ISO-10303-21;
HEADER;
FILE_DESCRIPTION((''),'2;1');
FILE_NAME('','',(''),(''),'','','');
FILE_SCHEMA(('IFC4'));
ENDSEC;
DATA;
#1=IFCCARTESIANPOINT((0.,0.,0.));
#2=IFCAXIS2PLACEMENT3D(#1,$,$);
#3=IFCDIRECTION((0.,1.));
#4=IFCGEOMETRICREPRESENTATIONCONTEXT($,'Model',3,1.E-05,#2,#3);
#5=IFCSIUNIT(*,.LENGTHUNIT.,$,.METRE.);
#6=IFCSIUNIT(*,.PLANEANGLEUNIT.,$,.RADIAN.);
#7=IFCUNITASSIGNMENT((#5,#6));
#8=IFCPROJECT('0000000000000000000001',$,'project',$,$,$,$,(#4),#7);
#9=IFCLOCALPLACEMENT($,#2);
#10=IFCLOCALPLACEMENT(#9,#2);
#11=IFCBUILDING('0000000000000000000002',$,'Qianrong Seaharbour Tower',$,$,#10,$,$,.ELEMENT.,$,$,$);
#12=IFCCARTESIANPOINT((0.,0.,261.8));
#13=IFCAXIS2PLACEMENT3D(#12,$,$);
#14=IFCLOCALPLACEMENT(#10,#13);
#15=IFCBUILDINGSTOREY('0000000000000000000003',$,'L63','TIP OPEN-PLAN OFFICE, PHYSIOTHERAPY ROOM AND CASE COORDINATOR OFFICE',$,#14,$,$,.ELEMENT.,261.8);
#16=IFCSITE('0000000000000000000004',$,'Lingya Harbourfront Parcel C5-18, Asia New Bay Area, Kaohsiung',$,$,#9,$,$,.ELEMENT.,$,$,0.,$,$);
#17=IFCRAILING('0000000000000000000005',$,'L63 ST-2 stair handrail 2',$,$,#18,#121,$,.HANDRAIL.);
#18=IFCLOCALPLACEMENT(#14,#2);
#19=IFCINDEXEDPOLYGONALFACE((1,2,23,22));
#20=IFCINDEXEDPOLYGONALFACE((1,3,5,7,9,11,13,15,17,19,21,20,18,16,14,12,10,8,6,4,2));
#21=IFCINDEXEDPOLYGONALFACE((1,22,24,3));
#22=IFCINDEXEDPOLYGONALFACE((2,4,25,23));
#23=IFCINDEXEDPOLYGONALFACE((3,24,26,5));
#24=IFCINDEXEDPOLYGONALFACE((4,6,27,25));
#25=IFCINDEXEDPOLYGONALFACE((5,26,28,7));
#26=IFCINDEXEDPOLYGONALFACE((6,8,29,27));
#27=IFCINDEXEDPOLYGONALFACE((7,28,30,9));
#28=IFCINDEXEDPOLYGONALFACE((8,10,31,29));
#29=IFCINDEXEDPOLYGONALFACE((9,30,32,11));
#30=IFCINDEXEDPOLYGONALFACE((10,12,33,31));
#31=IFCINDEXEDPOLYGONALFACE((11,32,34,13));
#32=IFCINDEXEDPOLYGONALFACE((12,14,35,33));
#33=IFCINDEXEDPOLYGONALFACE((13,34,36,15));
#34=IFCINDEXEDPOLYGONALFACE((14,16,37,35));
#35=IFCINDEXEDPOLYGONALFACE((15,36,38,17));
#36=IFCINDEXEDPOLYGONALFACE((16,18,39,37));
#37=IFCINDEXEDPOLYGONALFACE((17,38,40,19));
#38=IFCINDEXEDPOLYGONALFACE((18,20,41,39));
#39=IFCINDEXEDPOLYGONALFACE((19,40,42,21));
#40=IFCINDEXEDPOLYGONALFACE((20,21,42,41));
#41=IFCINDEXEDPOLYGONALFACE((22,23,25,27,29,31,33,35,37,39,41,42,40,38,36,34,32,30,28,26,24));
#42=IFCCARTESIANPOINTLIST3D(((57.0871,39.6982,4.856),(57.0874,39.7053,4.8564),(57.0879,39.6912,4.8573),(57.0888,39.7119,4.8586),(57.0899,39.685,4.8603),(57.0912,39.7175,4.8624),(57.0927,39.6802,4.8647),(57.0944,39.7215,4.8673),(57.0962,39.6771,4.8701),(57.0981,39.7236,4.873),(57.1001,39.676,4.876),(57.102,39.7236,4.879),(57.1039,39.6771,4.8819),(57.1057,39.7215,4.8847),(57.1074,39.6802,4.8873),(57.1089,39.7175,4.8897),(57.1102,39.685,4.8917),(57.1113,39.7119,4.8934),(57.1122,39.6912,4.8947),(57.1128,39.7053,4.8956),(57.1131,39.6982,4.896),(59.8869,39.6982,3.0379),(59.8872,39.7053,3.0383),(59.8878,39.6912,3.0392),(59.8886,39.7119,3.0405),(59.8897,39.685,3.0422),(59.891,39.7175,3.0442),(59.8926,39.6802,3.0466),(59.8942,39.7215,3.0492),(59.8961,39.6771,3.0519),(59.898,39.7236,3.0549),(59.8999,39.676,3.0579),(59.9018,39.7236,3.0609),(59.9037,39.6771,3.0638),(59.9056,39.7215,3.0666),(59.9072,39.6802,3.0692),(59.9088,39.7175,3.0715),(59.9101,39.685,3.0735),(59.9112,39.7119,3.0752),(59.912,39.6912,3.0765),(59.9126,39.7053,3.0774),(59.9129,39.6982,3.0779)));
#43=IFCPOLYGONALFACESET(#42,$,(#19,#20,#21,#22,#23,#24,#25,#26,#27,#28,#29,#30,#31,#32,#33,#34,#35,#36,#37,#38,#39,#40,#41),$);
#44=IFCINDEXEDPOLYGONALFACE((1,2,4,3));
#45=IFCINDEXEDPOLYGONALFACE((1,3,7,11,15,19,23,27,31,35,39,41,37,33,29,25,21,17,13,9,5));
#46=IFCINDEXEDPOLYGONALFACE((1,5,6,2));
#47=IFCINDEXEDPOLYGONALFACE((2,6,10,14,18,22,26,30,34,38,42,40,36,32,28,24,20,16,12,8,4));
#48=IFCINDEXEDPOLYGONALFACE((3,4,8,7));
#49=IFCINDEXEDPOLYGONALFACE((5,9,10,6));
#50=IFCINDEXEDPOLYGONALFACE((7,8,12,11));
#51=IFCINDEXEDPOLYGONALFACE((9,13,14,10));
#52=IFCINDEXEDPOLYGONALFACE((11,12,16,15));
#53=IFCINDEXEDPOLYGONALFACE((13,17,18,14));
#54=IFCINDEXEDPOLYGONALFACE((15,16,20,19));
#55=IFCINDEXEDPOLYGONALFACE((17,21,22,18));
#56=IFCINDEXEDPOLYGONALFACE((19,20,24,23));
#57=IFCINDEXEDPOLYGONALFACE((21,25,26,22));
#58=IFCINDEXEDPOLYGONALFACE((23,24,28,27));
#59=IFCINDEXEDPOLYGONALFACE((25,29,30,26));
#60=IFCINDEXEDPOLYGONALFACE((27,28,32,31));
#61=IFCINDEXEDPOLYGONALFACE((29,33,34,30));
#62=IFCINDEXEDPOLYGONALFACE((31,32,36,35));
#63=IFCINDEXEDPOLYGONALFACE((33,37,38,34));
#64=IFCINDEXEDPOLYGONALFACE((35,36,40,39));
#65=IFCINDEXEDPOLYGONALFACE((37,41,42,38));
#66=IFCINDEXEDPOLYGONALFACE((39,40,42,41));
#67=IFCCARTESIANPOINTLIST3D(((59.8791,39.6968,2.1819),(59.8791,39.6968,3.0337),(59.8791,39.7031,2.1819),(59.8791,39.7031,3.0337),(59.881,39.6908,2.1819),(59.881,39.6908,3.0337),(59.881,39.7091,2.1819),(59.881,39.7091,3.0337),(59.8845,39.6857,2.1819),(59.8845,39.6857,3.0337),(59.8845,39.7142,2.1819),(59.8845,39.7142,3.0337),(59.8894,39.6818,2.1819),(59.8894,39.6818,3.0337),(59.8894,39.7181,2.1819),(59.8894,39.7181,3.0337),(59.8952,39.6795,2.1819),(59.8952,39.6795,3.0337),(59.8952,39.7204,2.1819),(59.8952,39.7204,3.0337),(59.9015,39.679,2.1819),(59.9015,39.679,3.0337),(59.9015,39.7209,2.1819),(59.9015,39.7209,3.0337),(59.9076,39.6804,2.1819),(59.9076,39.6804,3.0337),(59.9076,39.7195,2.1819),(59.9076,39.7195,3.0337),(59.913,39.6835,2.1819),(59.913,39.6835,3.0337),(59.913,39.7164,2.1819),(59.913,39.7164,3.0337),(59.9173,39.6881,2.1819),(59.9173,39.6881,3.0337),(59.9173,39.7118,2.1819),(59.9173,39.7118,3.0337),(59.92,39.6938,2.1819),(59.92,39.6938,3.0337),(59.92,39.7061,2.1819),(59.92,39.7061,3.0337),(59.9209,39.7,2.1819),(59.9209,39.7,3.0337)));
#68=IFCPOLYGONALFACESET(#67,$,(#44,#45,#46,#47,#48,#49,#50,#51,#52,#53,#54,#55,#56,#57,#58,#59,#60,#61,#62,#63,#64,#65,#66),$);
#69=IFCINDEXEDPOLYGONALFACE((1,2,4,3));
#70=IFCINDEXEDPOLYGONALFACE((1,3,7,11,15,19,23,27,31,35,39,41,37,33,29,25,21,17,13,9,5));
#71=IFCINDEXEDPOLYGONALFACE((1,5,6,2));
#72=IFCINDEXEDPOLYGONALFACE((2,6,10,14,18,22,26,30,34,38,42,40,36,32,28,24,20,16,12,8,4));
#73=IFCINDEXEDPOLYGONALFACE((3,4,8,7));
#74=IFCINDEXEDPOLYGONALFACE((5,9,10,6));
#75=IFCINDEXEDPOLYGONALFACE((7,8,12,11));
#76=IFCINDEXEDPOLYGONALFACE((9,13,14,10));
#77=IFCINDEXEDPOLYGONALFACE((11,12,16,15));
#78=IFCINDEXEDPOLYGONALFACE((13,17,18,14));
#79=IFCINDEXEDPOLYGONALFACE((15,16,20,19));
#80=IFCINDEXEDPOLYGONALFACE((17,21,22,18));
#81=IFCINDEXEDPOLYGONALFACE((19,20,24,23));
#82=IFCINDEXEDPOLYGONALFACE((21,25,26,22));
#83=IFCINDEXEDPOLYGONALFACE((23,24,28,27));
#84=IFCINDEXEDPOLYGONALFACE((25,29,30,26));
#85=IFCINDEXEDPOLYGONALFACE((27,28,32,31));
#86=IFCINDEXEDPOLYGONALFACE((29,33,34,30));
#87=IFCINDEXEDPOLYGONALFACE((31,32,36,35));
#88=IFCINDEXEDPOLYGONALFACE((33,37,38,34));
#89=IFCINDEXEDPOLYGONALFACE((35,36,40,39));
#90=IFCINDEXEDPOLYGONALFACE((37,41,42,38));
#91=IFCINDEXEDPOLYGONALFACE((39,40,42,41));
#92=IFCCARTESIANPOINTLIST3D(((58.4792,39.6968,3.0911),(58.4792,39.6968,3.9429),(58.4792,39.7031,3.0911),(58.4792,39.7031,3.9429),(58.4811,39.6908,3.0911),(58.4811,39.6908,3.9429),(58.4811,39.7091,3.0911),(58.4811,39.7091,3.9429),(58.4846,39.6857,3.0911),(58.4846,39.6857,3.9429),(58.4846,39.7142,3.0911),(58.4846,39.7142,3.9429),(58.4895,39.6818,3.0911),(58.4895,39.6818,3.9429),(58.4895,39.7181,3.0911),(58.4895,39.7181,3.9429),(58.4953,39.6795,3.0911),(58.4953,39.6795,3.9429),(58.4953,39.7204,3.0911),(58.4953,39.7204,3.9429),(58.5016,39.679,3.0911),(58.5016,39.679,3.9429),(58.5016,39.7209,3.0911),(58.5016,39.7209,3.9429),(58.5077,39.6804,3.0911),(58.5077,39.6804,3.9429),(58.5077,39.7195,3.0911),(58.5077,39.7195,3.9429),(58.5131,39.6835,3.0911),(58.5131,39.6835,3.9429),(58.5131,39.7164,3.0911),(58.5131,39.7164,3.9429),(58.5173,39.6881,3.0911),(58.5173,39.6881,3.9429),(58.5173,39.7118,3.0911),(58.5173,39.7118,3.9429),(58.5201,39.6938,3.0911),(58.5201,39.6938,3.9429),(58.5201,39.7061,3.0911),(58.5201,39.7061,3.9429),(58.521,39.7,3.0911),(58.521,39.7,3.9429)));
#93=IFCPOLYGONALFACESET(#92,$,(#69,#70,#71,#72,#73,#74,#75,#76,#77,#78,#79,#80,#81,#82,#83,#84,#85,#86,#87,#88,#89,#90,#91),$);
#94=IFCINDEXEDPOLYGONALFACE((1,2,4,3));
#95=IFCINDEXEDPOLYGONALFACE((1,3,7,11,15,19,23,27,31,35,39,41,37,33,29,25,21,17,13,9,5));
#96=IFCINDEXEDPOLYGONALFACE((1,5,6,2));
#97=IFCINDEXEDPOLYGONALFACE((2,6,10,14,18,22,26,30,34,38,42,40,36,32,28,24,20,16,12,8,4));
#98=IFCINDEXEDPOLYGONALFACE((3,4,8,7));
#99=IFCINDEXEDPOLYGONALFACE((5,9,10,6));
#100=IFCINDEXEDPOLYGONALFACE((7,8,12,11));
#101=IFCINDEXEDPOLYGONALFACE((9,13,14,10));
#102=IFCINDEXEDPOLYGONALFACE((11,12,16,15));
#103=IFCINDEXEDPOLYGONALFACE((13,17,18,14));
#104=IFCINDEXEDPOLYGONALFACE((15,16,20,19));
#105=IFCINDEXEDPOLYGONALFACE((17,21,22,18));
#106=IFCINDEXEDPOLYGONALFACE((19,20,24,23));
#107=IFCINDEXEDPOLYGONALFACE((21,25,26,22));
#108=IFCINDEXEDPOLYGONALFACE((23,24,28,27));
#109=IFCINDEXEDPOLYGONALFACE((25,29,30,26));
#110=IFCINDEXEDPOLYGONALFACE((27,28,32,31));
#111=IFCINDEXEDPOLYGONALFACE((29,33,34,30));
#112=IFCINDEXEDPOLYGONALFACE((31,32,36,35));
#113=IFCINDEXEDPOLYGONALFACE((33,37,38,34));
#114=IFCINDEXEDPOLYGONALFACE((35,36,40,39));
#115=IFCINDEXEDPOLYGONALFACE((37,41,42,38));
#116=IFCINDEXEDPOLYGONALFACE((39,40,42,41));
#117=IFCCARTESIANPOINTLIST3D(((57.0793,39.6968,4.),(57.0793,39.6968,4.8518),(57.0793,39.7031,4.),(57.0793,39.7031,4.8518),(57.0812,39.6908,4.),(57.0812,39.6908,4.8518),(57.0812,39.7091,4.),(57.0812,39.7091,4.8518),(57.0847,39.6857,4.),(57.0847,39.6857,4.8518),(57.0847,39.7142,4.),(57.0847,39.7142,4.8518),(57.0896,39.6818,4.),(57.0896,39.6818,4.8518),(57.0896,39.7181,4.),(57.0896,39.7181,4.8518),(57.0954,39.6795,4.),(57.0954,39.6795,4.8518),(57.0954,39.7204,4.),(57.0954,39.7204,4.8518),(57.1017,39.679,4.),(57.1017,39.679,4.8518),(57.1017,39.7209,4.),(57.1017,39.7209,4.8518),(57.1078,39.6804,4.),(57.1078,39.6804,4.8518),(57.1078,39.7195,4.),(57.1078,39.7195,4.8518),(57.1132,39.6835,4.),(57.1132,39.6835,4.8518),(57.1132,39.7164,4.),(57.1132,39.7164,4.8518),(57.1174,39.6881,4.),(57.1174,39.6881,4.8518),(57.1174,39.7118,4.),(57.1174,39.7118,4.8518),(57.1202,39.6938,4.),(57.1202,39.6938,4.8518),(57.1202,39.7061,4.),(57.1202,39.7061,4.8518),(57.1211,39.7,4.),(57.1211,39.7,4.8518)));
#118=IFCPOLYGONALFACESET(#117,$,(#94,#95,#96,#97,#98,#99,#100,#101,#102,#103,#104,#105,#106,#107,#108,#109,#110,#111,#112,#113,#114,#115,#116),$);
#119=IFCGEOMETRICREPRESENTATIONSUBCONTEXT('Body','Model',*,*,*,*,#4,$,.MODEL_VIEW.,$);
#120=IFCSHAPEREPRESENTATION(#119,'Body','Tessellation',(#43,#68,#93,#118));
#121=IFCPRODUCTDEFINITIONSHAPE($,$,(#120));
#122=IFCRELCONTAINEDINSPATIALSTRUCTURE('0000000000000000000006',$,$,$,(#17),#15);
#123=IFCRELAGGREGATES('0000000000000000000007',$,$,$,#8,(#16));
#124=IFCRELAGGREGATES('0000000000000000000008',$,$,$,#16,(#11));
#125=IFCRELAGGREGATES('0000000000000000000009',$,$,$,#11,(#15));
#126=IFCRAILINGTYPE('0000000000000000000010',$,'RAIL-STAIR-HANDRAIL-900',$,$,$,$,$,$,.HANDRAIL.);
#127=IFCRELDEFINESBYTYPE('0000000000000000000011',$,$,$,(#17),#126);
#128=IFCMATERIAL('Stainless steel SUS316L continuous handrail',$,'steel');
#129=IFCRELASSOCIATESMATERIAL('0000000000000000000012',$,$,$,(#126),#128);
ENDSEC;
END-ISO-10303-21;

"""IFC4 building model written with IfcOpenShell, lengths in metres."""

from ifc_helpers import new_model, si_unit, direction, frame, origin, origin_2d, place, context, subcontext, project, spatial, circle, extrude, material, type_object, element, save


model = new_model("IFC4")

# Units and contexts
model_context = context("Model", 3, precision=1e-05, world=origin(), true_north=direction((0.0, 1.0)))
body_context = subcontext(model_context, "Body", "Model", "MODEL_VIEW")
ifc_project = project(units=[si_unit("LENGTHUNIT", "METRE"), si_unit("PLANEANGLEUNIT", "RADIAN")], contexts=[model_context])

# Site, building, storey
site_placement = place(None, origin())
site = spatial("IfcSite", under=ifc_project, at=site_placement, Name="Lingya Harbourfront Parcel C5-18, Asia New Bay Area, Kaohsiung", CompositionType="ELEMENT", RefElevation=0.0)
building_placement = place(site_placement, origin())
building = spatial("IfcBuilding", under=site, at=building_placement, Name="Qianrong Seaharbour Tower", CompositionType="ELEMENT")
storey_placement = place(building_placement, frame((0.0, 0.0, 261.8)))
storey = spatial("IfcBuildingStorey", under=building, at=storey_placement, Name="L63", Description="TIP OPEN-PLAN OFFICE, PHYSIOTHERAPY ROOM AND CASE COORDINATOR OFFICE", CompositionType="ELEMENT", Elevation=261.8)

# Railing
ifc_material_1 = material(Name="Stainless steel SUS316L continuous handrail", Category="steel")
railing_type_1 = type_object("IfcRailingType", Name="RAIL-STAIR-HANDRAIL-900", PredefinedType="HANDRAIL", material=ifc_material_1)
railing_1_placement = place(storey_placement, frame((59.8999, 39.7, 2.1819)))
element("IfcRailing", 1, at=railing_1_placement, inside=storey, type_object=railing_type_1, Name="L63 ST-2 stair handrail 2", PredefinedType="HANDRAIL", context=body_context, shape_type="SweptSolid", body=[
    extrude(circle(Radius=0.0239, at=origin_2d()), frame((0.0, 0.0, 0.876), z_axis=(-0.838684, 0.0, 0.544618), x_axis=(0.0, -1.0, 0.0)), (0.0, 0.0, 1.0), 3.3384),
    extrude(circle(Radius=0.021, at=origin_2d()), origin(), (0.0, 0.0, 1.0), 0.8518),
    extrude(circle(Radius=0.021, at=origin_2d()), frame((-1.3999, 0.0, 0.9092)), (0.0, 0.0, 1.0), 0.8518),
    extrude(circle(Radius=0.021, at=origin_2d()), frame((-2.7998, 0.0, 1.8181)), (0.0, 0.0, 1.0), 0.8518),
])

save(model, "model.ifc")
